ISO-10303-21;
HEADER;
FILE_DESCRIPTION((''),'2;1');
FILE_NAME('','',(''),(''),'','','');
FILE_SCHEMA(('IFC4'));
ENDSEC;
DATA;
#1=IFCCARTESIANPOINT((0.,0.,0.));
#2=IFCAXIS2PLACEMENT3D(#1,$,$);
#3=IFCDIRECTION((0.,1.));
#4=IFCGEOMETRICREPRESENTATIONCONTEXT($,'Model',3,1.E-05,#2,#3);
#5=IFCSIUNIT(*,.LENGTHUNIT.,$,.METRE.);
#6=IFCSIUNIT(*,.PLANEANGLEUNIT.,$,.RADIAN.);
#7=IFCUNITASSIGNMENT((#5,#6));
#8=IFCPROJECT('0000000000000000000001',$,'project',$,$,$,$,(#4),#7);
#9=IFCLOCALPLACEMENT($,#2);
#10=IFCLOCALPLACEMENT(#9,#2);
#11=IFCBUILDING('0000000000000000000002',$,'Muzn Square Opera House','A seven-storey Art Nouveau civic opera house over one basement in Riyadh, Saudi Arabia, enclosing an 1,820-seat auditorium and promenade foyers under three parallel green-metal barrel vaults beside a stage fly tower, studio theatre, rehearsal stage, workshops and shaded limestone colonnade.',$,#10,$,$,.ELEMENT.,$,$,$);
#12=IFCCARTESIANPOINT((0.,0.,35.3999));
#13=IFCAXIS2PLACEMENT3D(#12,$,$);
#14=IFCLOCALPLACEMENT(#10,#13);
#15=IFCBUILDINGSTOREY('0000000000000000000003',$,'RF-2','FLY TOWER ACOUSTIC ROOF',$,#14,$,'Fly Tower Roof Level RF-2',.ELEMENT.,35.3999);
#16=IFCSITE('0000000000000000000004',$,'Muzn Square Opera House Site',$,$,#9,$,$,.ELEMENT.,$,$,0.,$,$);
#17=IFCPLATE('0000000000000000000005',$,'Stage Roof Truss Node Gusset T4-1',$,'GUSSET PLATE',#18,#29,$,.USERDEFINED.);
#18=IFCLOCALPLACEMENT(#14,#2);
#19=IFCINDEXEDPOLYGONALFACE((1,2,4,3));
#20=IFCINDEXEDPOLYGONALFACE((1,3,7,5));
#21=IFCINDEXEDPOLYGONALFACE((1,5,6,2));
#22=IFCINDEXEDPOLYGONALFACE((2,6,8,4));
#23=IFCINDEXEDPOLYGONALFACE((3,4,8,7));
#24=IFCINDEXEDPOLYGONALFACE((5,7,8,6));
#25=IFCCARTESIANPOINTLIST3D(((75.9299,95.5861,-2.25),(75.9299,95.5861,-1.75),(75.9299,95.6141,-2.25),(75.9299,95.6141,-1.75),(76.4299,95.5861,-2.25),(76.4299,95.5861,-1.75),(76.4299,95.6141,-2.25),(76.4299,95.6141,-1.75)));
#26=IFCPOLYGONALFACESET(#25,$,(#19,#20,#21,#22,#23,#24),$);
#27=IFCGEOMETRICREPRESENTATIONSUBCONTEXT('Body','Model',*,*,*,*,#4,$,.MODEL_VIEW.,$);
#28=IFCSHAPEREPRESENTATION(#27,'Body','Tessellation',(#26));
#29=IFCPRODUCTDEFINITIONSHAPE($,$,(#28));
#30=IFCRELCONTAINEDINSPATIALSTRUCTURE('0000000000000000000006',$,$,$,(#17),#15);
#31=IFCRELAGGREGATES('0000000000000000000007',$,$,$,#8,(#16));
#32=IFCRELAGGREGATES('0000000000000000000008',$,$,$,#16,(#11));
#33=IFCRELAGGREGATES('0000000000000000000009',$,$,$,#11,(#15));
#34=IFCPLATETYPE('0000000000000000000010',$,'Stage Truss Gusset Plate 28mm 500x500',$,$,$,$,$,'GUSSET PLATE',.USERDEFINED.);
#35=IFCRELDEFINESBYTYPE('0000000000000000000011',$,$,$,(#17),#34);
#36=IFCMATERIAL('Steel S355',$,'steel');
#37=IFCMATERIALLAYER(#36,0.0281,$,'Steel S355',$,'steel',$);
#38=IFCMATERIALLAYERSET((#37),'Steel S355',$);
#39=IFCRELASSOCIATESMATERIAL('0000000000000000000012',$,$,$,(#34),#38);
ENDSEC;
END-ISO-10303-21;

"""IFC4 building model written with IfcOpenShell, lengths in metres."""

from ifc_helpers import new_model, si_unit, direction, frame, origin, origin_2d, place, context, subcontext, project, spatial, rectangle, extrude, material, layer, layer_set, type_object, element, save


model = new_model("IFC4")

# Units and contexts
model_context = context("Model", 3, precision=1e-05, world=origin(), true_north=direction((0.0, 1.0)))
body_context = subcontext(model_context, "Body", "Model", "MODEL_VIEW")
ifc_project = project(units=[si_unit("LENGTHUNIT", "METRE"), si_unit("PLANEANGLEUNIT", "RADIAN")], contexts=[model_context])

# Site, building, storey
site_placement = place(None, origin())
site = spatial("IfcSite", under=ifc_project, at=site_placement, Name="Muzn Square Opera House Site", CompositionType="ELEMENT", RefElevation=0.0)
building_placement = place(site_placement, origin())
building = spatial("IfcBuilding", under=site, at=building_placement, Name="Muzn Square Opera House", Description="A seven-storey Art Nouveau civic opera house over one basement in Riyadh, Saudi Arabia, enclosing an 1,820-seat auditorium and promenade foyers under three parallel green-metal barrel vaults beside a stage fly tower, studio theatre, rehearsal stage, workshops and shaded limestone colonnade.", CompositionType="ELEMENT")
storey_placement = place(building_placement, frame((0.0, 0.0, 35.3999)))
storey = spatial("IfcBuildingStorey", under=building, at=storey_placement, Name="RF-2", Description="FLY TOWER ACOUSTIC ROOF", LongName="Fly Tower Roof Level RF-2", CompositionType="ELEMENT", Elevation=35.3999)

# Shared definitions
ifc_material = material(Name="Steel S355", Category="steel")

# Plate
ifc_layer = layer(ifc_material, 0.0281, Name="Steel S355", Category="steel")
ifc_layer_set = layer_set([ifc_layer], Name="Steel S355")
plate_type = type_object("IfcPlateType", Name="Stage Truss Gusset Plate 28mm 500x500", ElementType="GUSSET PLATE", PredefinedType="USERDEFINED", material=ifc_layer_set)
for number, where, z_axis, x_axis, name in (
    (1, (76.1799, 95.6001, -2.25), (0.0, 0.0, 1.0), (1.0, 0.0, 0.0), "Stage Roof Truss Node Gusset T4-1"),
):
    element("IfcPlate", number, at=place(storey_placement, frame(where, z_axis=z_axis, x_axis=x_axis)), inside=storey, type_object=plate_type, Name=name, ObjectType="GUSSET PLATE", PredefinedType="USERDEFINED", context=body_context, shape_type="SweptSolid", body=[
        extrude(rectangle(XDim=0.5, YDim=0.0281, at=origin_2d()), origin(), (0.0, 0.0, 1.0), 0.5),
    ])

save(model, "model.ifc")
